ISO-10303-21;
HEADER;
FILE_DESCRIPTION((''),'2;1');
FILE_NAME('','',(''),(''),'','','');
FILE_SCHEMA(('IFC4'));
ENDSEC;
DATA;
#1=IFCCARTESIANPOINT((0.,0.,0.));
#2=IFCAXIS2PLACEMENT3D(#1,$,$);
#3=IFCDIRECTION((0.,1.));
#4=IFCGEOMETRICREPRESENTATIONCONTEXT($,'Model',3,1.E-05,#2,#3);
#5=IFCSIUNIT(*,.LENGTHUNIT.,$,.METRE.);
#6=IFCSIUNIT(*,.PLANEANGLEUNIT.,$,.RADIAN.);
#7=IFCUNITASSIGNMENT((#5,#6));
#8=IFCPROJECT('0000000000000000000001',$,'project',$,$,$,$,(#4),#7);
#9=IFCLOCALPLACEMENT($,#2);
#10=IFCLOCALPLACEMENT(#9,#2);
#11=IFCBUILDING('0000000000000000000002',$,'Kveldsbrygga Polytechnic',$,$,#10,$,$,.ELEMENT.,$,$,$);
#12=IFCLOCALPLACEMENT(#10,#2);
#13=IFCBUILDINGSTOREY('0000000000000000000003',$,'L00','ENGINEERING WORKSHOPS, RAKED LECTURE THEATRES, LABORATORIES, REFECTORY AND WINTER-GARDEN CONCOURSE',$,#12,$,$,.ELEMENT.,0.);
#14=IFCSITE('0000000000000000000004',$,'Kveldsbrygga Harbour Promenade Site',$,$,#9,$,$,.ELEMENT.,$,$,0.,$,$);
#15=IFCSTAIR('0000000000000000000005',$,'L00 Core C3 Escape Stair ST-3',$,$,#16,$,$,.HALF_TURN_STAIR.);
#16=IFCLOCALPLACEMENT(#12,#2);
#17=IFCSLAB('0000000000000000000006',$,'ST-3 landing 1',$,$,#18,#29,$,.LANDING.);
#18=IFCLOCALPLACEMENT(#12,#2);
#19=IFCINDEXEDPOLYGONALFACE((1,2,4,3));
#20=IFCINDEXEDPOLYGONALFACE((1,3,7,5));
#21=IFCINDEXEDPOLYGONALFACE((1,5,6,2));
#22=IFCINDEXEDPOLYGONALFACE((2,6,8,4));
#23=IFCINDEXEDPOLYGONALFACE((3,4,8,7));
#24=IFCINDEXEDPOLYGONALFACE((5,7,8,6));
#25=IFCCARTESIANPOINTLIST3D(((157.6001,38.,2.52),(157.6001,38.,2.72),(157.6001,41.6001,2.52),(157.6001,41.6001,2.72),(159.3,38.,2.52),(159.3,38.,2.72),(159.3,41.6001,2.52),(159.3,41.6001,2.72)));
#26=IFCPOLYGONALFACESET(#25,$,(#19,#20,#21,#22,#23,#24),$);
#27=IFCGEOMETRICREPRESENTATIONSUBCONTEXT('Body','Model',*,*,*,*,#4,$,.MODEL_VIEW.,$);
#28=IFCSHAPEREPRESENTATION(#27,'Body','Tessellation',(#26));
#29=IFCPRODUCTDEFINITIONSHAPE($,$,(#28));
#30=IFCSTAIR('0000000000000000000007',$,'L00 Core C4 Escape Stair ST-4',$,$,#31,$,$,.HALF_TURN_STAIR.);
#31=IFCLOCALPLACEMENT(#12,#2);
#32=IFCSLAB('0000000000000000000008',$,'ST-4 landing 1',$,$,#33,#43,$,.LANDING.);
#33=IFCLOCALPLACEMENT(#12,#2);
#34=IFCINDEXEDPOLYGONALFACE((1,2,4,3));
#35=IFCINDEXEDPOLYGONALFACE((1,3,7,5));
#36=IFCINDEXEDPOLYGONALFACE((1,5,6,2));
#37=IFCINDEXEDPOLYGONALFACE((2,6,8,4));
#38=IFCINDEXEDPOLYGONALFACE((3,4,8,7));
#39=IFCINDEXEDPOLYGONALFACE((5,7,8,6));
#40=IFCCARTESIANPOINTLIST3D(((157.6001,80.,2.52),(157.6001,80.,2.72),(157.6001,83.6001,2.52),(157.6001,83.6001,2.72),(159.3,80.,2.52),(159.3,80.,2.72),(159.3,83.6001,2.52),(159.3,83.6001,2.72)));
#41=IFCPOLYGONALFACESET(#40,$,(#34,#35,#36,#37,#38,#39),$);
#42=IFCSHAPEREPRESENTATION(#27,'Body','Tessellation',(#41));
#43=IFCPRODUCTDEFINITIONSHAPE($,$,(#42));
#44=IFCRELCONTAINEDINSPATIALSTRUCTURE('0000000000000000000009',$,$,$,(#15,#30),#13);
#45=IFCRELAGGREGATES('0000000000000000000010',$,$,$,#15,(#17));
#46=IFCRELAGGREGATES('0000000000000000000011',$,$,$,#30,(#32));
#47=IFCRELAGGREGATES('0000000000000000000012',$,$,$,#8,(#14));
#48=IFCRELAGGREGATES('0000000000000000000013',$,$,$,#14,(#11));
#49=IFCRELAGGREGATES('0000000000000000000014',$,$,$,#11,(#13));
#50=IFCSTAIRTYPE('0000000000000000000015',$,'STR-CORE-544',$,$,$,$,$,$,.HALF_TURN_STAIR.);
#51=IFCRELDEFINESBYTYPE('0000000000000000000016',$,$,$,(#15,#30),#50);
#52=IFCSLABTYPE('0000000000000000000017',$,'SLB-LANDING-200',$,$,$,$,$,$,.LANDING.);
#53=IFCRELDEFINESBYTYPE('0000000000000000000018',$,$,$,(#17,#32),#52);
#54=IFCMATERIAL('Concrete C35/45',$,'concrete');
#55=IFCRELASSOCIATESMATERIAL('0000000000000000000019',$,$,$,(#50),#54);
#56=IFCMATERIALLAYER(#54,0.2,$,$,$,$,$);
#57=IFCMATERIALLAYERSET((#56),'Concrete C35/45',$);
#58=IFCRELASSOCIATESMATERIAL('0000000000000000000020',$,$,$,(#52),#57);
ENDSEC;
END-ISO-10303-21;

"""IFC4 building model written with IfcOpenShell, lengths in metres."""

from ifc_helpers import new_model, si_unit, direction, frame, origin, place, context, subcontext, project, spatial, polyline, outline, extrude, material, layer, layer_set, type_object, element, aggregate, save


model = new_model("IFC4")

# Units and contexts
model_context = context("Model", 3, precision=1e-05, world=origin(), true_north=direction((0.0, 1.0)))
body_context = subcontext(model_context, "Body", "Model", "MODEL_VIEW")
ifc_project = project(units=[si_unit("LENGTHUNIT", "METRE"), si_unit("PLANEANGLEUNIT", "RADIAN")], contexts=[model_context])

# Site, building, storey
site_placement = place(None, origin())
site = spatial("IfcSite", under=ifc_project, at=site_placement, Name="Kveldsbrygga Harbour Promenade Site", CompositionType="ELEMENT", RefElevation=0.0)
building_placement = place(site_placement, origin())
building = spatial("IfcBuilding", under=site, at=building_placement, Name="Kveldsbrygga Polytechnic", CompositionType="ELEMENT")
storey_placement = place(building_placement, origin())
storey = spatial("IfcBuildingStorey", under=building, at=storey_placement, Name="L00", Description="ENGINEERING WORKSHOPS, RAKED LECTURE THEATRES, LABORATORIES, REFECTORY AND WINTER-GARDEN CONCOURSE", CompositionType="ELEMENT", Elevation=0.0)

# Shared definitions
ifc_material = material(Name="Concrete C35/45", Category="concrete")

# Stairs, slabs
stair_type = type_object("IfcStairType", Name="STR-CORE-544", PredefinedType="HALF_TURN_STAIR", material=ifc_material)
ifc_layer = layer(ifc_material, 0.2)
ifc_layer_set = layer_set([ifc_layer], Name="Concrete C35/45")
slab_type = type_object("IfcSlabType", Name="SLB-LANDING-200", PredefinedType="LANDING", material=ifc_layer_set)
stair_1_placement = place(storey_placement, origin())
stair_1 = element("IfcStair", 1, at=stair_1_placement, inside=storey, type_object=stair_type, Name="L00 Core C3 Escape Stair ST-3", PredefinedType="HALF_TURN_STAIR")
slab_1_placement = place(storey_placement, frame((0.0, 0.0, 2.52)))
slab_1 = element("IfcSlab", 2, at=slab_1_placement, type_object=slab_type, Name="ST-3 landing 1", PredefinedType="LANDING", context=body_context, shape_type="SweptSolid", body=[
    extrude(outline(polyline([(157.6001, 38.0), (159.3, 38.0), (159.3, 41.6001), (157.6001, 41.6001), (157.6001, 38.0)])), origin(), (0.0, 0.0, 1.0), 0.2),
])
aggregate(stair_1, [slab_1])
stair_2_placement = place(storey_placement, origin())
stair_2 = element("IfcStair", 3, at=stair_2_placement, inside=storey, type_object=stair_type, Name="L00 Core C4 Escape Stair ST-4", PredefinedType="HALF_TURN_STAIR")
slab_2_placement = place(storey_placement, frame((0.0, 0.0, 2.52)))
slab_2 = element("IfcSlab", 4, at=slab_2_placement, type_object=slab_type, Name="ST-4 landing 1", PredefinedType="LANDING", context=body_context, shape_type="SweptSolid", body=[
    extrude(outline(polyline([(157.6001, 80.0), (159.3, 80.0), (159.3, 83.6001), (157.6001, 83.6001), (157.6001, 80.0)])), origin(), (0.0, 0.0, 1.0), 0.2),
])
aggregate(stair_2, [slab_2])

save(model, "model.ifc")
